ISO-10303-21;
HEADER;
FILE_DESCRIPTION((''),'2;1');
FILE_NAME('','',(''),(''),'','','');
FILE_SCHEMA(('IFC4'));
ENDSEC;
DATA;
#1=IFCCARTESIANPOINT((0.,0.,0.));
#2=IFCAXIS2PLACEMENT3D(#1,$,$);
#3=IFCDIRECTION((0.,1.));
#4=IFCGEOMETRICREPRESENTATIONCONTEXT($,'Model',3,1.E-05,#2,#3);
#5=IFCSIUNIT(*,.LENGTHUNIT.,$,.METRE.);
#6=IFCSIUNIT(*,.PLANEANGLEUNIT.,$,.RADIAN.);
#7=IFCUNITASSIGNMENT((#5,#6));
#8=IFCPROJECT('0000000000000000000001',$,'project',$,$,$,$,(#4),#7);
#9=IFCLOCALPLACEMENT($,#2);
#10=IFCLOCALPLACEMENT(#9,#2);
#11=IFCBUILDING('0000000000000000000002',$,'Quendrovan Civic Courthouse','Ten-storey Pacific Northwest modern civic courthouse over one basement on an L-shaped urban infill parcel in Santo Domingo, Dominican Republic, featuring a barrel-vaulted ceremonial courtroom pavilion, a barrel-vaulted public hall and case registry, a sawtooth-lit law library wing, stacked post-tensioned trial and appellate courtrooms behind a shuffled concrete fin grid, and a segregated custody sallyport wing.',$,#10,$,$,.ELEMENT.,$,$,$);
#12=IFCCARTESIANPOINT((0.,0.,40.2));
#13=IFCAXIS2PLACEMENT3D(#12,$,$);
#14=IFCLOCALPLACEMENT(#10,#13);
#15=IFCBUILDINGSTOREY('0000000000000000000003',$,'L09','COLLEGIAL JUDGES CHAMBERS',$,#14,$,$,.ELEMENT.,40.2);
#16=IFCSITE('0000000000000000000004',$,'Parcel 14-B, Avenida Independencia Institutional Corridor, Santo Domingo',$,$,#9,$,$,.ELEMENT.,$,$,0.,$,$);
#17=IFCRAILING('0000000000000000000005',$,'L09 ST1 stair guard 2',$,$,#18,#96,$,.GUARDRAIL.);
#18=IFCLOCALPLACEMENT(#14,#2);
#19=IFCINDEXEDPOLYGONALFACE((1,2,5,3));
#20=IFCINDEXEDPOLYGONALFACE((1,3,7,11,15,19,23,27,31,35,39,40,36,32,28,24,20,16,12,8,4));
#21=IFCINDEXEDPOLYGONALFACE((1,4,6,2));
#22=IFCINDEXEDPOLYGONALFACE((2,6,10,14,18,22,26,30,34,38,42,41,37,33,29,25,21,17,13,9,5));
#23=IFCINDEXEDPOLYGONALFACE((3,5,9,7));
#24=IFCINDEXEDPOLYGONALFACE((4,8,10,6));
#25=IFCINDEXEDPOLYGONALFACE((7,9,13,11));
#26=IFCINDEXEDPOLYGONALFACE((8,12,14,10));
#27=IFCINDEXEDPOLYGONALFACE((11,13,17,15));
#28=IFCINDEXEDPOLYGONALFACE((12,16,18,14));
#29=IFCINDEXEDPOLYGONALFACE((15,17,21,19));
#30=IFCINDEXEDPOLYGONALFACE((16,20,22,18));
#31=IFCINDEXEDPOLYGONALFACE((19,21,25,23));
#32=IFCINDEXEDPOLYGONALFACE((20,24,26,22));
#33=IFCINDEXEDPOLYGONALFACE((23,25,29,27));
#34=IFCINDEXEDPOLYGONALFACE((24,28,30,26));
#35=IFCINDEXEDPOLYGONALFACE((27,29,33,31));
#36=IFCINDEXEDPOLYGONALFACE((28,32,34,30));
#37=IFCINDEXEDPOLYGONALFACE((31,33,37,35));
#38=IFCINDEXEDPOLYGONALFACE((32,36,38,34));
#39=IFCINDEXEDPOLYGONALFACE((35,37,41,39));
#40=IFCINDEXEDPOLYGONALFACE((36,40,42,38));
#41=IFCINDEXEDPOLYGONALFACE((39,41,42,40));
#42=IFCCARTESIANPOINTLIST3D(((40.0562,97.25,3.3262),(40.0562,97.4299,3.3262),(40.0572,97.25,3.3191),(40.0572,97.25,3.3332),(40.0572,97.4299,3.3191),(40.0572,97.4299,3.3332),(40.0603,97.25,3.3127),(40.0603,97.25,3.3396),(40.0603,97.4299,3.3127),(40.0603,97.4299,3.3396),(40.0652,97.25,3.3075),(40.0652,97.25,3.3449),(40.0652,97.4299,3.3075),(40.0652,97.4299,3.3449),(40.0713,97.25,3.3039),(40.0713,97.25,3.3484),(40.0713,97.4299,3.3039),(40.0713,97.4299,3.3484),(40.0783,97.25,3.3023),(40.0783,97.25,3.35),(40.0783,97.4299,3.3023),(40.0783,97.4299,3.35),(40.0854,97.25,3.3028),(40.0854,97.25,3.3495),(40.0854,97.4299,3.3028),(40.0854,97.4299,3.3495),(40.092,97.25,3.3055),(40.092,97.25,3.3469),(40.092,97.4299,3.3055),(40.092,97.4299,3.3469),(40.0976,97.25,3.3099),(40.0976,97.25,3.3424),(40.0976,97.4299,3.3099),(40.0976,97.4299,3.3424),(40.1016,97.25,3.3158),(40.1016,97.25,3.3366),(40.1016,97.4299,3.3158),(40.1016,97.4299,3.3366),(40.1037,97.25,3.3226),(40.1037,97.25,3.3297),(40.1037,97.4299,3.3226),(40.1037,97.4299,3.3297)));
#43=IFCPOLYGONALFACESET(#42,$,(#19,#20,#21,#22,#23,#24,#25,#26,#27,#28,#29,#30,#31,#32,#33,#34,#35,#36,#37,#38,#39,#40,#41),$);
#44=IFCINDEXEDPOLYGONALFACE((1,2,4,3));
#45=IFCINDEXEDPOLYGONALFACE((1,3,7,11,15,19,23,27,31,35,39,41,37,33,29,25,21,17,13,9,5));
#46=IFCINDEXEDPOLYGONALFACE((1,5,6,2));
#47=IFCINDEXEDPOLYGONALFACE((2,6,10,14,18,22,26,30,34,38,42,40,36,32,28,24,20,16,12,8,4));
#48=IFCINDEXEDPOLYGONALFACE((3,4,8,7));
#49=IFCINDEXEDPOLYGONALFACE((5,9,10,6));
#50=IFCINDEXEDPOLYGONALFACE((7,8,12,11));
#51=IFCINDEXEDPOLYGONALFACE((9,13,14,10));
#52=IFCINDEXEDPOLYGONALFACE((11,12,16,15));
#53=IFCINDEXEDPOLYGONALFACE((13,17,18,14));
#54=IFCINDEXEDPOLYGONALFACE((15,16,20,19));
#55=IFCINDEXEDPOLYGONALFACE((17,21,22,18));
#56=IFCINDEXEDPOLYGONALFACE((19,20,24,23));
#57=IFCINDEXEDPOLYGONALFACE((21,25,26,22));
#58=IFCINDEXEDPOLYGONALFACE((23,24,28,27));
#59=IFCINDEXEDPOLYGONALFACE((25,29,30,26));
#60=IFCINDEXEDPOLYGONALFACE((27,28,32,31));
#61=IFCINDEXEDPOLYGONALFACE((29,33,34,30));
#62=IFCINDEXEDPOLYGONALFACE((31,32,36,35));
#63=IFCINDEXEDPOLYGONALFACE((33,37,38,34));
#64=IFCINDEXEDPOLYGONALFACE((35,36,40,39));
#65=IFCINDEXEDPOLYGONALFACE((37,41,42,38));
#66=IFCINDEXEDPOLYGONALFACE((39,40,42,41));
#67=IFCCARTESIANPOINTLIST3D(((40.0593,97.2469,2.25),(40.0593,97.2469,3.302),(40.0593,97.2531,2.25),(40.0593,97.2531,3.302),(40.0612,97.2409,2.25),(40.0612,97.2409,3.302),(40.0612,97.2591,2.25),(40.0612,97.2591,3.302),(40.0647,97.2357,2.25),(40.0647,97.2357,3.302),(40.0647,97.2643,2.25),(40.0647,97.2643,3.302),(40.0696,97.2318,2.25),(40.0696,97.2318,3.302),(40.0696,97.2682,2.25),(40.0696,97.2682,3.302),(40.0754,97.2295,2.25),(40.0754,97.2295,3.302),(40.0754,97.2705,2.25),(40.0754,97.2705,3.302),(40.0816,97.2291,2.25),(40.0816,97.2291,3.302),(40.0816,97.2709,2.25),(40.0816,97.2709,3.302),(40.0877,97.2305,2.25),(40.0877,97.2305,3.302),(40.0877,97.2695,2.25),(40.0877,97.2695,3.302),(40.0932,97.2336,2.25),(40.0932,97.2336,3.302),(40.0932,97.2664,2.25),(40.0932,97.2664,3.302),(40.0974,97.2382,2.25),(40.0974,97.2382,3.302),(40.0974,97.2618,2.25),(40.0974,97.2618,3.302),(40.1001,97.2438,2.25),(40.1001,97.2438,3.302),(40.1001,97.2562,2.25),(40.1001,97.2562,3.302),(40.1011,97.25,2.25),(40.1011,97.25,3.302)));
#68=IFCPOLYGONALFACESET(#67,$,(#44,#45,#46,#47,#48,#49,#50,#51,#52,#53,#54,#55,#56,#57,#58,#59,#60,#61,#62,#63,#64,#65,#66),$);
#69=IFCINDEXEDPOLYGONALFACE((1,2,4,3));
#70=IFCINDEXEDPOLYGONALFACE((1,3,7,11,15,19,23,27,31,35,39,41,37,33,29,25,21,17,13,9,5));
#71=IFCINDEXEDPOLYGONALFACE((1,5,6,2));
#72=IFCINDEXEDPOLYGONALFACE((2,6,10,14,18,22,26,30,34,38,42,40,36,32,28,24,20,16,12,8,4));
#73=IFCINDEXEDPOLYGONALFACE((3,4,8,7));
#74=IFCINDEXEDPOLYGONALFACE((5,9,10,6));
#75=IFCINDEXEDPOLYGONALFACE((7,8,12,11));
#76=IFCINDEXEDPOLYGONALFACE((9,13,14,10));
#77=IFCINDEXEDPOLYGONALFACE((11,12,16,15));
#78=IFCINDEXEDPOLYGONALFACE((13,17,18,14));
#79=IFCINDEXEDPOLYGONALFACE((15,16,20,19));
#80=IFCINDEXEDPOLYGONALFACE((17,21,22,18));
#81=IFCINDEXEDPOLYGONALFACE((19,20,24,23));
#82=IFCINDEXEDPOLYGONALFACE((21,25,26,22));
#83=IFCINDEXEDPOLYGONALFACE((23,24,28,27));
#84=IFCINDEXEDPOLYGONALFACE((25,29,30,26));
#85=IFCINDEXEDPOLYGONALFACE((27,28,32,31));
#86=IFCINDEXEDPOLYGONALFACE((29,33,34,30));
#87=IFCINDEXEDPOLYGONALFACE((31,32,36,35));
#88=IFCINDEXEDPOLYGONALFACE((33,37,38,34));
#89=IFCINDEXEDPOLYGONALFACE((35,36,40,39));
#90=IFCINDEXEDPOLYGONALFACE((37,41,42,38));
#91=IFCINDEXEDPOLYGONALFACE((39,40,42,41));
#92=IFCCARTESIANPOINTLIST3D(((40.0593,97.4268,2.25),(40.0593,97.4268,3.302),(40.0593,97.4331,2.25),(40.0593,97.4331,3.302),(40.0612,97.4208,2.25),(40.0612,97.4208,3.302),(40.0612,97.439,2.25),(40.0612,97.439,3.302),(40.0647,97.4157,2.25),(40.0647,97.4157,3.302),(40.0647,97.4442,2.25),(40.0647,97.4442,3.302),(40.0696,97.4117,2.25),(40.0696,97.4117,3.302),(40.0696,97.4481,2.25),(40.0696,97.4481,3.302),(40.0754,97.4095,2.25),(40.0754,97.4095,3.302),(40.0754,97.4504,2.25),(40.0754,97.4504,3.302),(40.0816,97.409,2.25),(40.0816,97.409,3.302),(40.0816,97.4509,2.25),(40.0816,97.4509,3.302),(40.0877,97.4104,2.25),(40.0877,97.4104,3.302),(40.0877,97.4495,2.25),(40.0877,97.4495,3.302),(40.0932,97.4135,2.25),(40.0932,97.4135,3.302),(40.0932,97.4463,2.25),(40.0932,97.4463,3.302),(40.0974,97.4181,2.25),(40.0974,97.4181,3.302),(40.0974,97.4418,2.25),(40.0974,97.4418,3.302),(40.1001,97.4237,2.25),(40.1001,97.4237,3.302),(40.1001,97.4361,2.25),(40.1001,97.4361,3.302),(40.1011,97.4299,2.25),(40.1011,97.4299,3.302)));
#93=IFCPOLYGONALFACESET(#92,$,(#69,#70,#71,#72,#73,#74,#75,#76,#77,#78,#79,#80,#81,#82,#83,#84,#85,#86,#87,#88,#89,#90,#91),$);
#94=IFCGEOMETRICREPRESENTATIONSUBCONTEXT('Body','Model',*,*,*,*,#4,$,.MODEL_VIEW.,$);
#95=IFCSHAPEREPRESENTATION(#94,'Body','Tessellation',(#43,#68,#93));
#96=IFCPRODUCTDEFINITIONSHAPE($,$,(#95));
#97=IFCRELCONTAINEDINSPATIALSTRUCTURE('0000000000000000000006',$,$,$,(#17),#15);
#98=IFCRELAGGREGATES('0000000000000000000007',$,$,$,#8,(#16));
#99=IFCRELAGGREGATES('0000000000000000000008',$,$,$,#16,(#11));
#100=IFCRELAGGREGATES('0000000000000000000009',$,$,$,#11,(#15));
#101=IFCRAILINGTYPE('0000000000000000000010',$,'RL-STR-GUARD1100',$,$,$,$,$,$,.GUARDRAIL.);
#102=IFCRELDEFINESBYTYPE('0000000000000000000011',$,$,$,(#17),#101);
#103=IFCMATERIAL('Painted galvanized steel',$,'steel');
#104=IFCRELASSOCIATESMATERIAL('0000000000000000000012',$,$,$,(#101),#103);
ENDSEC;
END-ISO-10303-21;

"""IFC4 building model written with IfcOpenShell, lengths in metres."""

from ifc_helpers import new_model, si_unit, direction, frame, origin, origin_2d, place, context, subcontext, project, spatial, circle, extrude, material, type_object, element, save


model = new_model("IFC4")

# Units and contexts
model_context = context("Model", 3, precision=1e-05, world=origin(), true_north=direction((0.0, 1.0)))
body_context = subcontext(model_context, "Body", "Model", "MODEL_VIEW")
ifc_project = project(units=[si_unit("LENGTHUNIT", "METRE"), si_unit("PLANEANGLEUNIT", "RADIAN")], contexts=[model_context])

# Site, building, storey
site_placement = place(None, origin())
site = spatial("IfcSite", under=ifc_project, at=site_placement, Name="Parcel 14-B, Avenida Independencia Institutional Corridor, Santo Domingo", CompositionType="ELEMENT", RefElevation=0.0)
building_placement = place(site_placement, origin())
building = spatial("IfcBuilding", under=site, at=building_placement, Name="Quendrovan Civic Courthouse", Description="Ten-storey Pacific Northwest modern civic courthouse over one basement on an L-shaped urban infill parcel in Santo Domingo, Dominican Republic, featuring a barrel-vaulted ceremonial courtroom pavilion, a barrel-vaulted public hall and case registry, a sawtooth-lit law library wing, stacked post-tensioned trial and appellate courtrooms behind a shuffled concrete fin grid, and a segregated custody sallyport wing.", CompositionType="ELEMENT")
storey_placement = place(building_placement, frame((0.0, 0.0, 40.2)))
storey = spatial("IfcBuildingStorey", under=building, at=storey_placement, Name="L09", Description="COLLEGIAL JUDGES CHAMBERS", CompositionType="ELEMENT", Elevation=40.2)

# Railing
ifc_material_1 = material(Name="Painted galvanized steel", Category="steel")
railing_type_1 = type_object("IfcRailingType", Name="RL-STR-GUARD1100", PredefinedType="GUARDRAIL", material=ifc_material_1)
railing_1_placement = place(storey_placement, frame((40.0801, 97.25, 2.25)))
element("IfcRailing", 1, at=railing_1_placement, inside=storey, type_object=railing_type_1, Name="L09 ST1 stair guard 2", PredefinedType="GUARDRAIL", context=body_context, shape_type="SweptSolid", body=[
    extrude(circle(Radius=0.0239, at=origin_2d()), frame((0.0, 0.0, 1.0762), z_axis=(0.0, 1.0, 0.0), x_axis=(-1.0, 0.0, 0.0)), (0.0, 0.0, 1.0), 0.1799),
    extrude(circle(Radius=0.021, at=origin_2d()), origin(), (0.0, 0.0, 1.0), 1.052),
    extrude(circle(Radius=0.021, at=origin_2d()), frame((0.0, 0.1799, 0.0)), (0.0, 0.0, 1.0), 1.052),
])

save(model, "model.ifc")
